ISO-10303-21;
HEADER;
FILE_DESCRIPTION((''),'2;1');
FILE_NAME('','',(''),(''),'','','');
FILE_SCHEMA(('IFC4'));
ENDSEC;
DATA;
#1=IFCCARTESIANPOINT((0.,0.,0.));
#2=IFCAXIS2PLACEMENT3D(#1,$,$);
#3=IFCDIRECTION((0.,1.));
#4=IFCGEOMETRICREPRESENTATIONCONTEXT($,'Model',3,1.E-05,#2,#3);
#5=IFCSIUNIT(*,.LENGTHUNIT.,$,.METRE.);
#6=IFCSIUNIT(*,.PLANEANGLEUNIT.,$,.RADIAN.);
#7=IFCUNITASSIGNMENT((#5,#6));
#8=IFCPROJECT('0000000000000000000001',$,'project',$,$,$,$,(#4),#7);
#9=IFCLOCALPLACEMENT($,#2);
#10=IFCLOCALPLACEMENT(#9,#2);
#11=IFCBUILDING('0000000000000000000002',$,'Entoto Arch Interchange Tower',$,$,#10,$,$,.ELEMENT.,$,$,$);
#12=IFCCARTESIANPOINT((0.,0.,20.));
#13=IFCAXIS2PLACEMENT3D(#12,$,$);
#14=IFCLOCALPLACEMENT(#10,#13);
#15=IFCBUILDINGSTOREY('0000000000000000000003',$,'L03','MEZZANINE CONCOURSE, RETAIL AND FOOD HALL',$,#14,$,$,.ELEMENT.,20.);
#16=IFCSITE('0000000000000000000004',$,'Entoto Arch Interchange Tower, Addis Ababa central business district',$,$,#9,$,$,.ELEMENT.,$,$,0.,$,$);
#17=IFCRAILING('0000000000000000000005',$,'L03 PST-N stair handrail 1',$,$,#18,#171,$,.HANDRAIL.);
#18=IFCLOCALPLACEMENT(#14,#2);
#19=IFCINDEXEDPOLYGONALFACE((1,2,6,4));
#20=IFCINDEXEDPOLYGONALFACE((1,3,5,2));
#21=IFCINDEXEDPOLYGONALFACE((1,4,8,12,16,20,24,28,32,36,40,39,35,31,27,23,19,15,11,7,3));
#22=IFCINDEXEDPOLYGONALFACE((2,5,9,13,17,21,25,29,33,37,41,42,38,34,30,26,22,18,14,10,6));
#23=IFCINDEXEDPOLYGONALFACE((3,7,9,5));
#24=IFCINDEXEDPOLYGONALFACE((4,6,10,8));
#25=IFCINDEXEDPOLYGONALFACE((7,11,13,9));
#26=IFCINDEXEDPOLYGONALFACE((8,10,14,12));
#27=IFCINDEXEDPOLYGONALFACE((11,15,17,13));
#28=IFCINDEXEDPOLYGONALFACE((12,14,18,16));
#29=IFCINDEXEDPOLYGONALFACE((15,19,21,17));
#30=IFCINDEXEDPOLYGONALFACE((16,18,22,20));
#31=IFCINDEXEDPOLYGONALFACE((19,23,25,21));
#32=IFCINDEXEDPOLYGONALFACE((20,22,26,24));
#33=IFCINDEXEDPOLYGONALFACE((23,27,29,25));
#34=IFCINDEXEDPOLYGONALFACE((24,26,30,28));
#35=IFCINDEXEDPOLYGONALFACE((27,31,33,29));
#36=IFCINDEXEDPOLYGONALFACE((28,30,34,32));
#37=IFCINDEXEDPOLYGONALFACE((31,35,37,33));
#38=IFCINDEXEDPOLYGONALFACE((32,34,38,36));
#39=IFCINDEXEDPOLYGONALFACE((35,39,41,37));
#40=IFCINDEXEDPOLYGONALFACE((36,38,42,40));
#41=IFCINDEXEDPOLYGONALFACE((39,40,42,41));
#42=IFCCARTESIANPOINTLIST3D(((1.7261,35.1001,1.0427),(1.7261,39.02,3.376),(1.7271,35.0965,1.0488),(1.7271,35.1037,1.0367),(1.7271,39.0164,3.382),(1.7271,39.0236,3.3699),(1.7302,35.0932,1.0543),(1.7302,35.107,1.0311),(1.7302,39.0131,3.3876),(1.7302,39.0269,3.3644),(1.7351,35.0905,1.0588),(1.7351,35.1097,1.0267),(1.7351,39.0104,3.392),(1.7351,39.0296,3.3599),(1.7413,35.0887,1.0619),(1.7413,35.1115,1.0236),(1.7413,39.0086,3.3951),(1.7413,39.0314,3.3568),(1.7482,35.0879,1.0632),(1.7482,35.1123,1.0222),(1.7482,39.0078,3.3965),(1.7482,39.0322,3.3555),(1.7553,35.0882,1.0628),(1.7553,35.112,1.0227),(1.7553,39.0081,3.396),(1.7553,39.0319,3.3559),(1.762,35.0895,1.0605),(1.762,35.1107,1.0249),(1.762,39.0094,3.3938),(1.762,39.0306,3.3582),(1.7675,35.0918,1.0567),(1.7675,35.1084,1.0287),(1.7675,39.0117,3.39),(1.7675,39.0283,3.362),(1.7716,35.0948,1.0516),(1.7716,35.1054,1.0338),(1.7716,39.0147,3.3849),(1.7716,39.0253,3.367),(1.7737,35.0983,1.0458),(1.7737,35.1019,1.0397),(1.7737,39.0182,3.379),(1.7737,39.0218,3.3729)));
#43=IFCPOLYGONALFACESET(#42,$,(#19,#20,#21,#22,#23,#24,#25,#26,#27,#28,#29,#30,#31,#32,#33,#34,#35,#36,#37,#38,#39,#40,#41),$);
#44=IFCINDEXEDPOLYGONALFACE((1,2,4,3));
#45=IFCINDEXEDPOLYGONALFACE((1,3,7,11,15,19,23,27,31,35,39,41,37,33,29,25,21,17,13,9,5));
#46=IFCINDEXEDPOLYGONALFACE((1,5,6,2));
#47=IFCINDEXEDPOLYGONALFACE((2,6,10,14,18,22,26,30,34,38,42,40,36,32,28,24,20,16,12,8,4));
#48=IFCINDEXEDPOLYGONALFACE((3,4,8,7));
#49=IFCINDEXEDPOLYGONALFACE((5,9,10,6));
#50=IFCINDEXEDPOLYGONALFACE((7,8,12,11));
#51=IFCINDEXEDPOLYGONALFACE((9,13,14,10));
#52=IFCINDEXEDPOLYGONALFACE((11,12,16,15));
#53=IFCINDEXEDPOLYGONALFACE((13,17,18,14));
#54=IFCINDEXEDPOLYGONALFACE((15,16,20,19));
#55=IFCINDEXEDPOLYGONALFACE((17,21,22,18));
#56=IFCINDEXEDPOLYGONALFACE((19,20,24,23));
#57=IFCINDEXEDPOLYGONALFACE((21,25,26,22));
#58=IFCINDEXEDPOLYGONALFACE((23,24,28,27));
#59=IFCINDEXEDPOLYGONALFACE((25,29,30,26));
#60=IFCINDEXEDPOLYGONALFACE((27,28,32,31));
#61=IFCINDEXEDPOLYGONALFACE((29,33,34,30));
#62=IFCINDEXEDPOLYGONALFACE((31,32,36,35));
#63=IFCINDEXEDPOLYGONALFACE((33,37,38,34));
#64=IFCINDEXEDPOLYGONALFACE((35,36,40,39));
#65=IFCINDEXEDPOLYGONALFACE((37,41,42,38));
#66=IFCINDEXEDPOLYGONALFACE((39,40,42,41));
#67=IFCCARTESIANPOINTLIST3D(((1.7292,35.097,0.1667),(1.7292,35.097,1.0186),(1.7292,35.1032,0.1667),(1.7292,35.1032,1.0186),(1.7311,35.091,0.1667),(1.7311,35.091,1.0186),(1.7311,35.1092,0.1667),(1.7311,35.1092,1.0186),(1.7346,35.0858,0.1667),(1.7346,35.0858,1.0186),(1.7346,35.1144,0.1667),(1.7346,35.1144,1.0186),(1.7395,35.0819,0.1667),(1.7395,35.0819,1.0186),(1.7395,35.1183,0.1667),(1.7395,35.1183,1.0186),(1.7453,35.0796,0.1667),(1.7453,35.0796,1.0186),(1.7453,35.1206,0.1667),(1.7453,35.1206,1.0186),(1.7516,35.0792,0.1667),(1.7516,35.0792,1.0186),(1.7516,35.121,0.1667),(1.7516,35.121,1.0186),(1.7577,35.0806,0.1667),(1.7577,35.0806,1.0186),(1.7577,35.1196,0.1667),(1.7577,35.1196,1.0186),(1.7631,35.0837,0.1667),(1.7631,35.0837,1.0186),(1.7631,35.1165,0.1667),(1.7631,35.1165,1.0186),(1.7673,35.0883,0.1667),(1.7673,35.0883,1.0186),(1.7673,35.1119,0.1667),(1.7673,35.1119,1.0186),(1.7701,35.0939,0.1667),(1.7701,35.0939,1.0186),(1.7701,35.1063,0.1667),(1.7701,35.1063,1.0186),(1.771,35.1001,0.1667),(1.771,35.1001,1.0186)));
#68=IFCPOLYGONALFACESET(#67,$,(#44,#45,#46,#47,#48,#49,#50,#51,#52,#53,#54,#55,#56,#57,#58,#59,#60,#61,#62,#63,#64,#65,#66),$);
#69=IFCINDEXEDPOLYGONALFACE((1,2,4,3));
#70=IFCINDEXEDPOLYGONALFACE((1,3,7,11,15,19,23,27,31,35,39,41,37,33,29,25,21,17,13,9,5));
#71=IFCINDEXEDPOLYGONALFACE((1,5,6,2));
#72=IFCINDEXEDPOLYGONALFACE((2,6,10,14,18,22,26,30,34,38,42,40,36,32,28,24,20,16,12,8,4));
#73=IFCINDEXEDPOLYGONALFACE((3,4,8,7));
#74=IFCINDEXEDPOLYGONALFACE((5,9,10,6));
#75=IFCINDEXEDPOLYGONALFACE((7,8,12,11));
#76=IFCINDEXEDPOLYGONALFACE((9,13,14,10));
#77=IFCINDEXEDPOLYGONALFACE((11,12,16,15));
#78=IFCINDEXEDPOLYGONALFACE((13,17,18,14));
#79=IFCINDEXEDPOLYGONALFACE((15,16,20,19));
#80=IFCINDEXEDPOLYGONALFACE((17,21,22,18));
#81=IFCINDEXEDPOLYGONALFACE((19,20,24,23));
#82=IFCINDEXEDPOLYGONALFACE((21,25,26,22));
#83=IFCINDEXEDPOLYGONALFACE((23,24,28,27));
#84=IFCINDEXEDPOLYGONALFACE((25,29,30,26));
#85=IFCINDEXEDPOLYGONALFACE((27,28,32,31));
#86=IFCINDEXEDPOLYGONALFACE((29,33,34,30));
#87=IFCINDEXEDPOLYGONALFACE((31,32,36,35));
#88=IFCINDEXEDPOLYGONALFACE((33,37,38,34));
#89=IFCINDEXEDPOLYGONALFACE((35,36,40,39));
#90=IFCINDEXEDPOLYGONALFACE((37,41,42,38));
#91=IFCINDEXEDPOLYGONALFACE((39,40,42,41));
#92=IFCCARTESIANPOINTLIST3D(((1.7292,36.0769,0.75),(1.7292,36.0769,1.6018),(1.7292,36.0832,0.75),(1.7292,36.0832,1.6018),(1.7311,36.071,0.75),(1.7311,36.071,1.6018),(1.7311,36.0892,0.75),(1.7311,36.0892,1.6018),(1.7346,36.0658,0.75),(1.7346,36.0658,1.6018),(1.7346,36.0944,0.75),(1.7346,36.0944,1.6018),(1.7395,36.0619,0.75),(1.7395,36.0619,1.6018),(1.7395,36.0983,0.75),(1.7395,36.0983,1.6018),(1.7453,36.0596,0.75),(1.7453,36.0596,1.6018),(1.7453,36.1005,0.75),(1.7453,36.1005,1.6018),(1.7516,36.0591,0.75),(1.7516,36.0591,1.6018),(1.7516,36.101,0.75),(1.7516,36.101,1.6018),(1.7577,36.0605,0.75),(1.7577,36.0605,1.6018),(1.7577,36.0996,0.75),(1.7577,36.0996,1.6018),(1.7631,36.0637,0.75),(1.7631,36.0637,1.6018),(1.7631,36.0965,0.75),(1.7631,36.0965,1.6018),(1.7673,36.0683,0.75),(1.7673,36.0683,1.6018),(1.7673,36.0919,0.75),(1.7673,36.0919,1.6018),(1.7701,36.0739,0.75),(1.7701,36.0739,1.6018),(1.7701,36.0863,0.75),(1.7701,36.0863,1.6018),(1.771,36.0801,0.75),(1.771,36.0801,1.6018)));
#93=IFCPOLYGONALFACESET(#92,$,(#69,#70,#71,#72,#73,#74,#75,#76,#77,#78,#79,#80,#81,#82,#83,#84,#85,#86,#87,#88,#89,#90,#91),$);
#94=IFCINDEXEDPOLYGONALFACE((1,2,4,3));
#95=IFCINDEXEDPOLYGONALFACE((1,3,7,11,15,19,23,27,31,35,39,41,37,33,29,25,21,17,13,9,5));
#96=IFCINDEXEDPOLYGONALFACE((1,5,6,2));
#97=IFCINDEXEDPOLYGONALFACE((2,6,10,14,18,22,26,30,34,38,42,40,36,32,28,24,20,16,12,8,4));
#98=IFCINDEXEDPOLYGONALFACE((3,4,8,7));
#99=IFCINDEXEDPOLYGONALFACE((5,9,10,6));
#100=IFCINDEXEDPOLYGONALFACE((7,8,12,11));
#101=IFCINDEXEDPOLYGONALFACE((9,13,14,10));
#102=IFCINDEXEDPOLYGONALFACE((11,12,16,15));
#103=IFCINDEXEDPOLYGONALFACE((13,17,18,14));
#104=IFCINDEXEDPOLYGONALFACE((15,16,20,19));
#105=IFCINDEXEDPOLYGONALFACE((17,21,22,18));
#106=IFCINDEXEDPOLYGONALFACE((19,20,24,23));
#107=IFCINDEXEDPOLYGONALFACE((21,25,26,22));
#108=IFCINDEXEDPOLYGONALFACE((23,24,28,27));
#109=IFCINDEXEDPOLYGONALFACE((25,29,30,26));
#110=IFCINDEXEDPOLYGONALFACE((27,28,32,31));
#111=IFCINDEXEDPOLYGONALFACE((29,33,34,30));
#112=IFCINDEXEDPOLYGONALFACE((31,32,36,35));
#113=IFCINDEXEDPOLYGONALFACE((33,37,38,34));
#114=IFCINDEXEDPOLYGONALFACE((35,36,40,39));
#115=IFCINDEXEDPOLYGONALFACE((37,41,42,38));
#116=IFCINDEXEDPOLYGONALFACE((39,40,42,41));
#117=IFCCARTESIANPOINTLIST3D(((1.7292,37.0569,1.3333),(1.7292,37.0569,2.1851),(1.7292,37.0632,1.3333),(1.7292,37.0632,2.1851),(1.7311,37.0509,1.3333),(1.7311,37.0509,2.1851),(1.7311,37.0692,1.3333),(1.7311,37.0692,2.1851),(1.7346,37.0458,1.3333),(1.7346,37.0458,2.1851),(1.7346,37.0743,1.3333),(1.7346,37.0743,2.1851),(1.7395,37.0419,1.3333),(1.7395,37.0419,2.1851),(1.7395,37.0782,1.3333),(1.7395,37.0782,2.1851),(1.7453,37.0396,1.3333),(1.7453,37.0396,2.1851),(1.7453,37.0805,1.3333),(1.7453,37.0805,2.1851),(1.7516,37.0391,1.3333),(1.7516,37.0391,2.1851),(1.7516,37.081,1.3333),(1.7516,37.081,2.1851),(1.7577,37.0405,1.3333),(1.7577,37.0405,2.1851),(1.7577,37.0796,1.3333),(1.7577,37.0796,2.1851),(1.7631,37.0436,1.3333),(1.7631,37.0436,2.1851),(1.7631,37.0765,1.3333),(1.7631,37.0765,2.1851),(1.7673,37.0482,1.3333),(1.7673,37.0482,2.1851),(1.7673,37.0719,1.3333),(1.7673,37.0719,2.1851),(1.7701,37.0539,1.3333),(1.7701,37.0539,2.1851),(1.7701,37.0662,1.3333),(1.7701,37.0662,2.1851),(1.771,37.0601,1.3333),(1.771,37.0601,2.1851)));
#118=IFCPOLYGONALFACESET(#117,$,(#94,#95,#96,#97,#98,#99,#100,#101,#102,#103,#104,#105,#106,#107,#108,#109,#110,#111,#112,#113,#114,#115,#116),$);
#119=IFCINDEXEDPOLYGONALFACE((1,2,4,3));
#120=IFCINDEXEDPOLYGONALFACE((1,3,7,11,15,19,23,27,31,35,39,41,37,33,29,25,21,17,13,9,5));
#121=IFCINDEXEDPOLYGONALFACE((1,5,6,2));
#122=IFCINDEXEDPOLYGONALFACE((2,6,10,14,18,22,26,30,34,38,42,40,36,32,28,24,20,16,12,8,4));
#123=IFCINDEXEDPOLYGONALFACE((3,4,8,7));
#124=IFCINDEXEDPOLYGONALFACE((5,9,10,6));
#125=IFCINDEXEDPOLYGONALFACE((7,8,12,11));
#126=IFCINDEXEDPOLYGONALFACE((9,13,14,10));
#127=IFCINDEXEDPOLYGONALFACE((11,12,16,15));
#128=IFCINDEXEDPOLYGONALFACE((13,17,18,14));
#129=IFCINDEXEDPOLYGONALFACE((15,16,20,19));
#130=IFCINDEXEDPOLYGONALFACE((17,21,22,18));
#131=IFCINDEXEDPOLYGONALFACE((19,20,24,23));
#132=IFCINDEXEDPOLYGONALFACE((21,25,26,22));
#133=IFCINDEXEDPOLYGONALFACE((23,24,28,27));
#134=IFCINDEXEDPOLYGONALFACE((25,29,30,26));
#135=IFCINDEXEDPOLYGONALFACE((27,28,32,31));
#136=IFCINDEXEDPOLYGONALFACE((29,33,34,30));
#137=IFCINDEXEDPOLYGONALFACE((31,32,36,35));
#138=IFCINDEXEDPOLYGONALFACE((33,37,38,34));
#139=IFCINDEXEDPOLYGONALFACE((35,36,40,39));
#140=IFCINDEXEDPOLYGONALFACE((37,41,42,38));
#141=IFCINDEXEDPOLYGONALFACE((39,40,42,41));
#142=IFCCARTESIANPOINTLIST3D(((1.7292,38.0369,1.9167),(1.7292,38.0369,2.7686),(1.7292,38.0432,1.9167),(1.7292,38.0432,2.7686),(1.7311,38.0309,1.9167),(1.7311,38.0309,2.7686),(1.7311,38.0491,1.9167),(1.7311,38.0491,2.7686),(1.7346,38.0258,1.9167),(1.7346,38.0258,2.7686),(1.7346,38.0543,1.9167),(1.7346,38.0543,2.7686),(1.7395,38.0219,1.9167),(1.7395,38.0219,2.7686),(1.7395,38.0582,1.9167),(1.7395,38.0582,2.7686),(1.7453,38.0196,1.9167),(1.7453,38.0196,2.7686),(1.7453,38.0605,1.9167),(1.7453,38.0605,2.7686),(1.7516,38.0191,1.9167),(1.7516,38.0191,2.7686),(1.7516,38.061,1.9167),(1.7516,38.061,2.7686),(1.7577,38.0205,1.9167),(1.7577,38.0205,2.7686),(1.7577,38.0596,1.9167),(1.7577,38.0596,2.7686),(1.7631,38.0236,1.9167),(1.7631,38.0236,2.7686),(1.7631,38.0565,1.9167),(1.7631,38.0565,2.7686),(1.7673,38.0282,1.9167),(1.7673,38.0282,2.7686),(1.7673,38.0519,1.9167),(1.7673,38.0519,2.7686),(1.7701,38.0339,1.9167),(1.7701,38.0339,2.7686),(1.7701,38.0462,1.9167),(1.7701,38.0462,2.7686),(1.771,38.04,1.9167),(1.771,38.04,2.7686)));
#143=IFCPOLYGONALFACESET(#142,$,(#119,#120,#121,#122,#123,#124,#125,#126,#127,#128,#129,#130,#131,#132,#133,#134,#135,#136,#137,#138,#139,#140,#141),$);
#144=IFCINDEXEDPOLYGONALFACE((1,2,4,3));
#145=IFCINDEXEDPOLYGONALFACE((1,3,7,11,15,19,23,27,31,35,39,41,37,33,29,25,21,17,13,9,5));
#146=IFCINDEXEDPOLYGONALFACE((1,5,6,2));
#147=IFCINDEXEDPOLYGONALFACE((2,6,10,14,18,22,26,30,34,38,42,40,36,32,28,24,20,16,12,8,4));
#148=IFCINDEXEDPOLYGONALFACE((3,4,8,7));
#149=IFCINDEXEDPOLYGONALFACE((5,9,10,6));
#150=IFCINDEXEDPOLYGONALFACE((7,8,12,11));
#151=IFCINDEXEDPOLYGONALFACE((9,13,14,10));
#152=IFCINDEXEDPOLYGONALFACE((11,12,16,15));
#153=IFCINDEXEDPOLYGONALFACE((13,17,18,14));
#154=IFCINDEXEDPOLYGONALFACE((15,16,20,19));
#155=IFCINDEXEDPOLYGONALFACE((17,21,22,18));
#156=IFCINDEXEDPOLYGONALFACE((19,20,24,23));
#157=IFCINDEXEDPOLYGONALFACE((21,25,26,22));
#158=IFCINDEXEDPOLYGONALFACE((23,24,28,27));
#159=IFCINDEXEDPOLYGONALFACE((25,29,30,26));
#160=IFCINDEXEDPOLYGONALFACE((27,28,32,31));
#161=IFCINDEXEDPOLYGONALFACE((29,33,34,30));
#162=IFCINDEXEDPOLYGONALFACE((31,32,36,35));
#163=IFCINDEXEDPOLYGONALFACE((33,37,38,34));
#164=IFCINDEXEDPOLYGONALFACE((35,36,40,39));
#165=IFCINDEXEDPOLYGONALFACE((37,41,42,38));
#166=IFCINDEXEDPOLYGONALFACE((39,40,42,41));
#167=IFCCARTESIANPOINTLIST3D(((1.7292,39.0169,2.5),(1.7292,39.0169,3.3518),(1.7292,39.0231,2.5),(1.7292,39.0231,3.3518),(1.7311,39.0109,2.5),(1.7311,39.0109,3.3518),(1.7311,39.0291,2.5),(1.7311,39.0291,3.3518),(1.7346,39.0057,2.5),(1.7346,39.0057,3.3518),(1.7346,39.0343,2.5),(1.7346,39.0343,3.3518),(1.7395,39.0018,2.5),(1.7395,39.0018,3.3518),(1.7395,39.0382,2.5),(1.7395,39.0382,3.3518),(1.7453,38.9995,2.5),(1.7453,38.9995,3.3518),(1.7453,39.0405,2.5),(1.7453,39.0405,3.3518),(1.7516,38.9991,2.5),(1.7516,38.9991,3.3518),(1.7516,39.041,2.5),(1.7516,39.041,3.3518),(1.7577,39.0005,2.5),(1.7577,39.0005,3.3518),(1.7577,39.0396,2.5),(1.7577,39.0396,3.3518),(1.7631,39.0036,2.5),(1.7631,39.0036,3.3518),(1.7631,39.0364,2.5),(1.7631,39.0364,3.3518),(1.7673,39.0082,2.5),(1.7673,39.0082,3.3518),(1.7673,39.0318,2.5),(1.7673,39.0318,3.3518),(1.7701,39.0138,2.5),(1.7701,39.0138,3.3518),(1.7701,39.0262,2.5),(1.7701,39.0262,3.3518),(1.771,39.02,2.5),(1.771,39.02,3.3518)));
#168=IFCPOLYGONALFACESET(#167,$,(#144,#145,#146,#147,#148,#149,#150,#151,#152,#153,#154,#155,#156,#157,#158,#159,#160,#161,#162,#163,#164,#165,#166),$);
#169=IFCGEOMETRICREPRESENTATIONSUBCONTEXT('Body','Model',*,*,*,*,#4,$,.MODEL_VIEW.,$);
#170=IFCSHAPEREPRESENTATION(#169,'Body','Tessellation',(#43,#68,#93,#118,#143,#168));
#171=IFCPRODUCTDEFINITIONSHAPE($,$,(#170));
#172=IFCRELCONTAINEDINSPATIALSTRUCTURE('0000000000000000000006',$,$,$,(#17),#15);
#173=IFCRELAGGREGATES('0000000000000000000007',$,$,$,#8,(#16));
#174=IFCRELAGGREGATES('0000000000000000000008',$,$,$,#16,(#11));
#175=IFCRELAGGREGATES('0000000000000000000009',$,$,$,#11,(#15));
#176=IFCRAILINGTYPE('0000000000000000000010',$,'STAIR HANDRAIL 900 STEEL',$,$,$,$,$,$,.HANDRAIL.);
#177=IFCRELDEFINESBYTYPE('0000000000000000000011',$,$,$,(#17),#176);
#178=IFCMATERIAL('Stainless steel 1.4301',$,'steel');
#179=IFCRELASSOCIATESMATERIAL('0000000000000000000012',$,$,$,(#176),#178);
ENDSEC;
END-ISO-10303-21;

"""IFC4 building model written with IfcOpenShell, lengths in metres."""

from ifc_helpers import new_model, si_unit, direction, frame, origin, origin_2d, place, context, subcontext, project, spatial, circle, extrude, material, type_object, element, save


model = new_model("IFC4")

# Units and contexts
model_context = context("Model", 3, precision=1e-05, world=origin(), true_north=direction((0.0, 1.0)))
body_context = subcontext(model_context, "Body", "Model", "MODEL_VIEW")
ifc_project = project(units=[si_unit("LENGTHUNIT", "METRE"), si_unit("PLANEANGLEUNIT", "RADIAN")], contexts=[model_context])

# Site, building, storey
site_placement = place(None, origin())
site = spatial("IfcSite", under=ifc_project, at=site_placement, Name="Entoto Arch Interchange Tower, Addis Ababa central business district", CompositionType="ELEMENT", RefElevation=0.0)
building_placement = place(site_placement, origin())
building = spatial("IfcBuilding", under=site, at=building_placement, Name="Entoto Arch Interchange Tower", CompositionType="ELEMENT")
storey_placement = place(building_placement, frame((0.0, 0.0, 20.0)))
storey = spatial("IfcBuildingStorey", under=building, at=storey_placement, Name="L03", Description="MEZZANINE CONCOURSE, RETAIL AND FOOD HALL", CompositionType="ELEMENT", Elevation=20.0)

# Railing
ifc_material_1 = material(Name="Stainless steel 1.4301", Category="steel")
railing_type_1 = type_object("IfcRailingType", Name="STAIR HANDRAIL 900 STEEL", PredefinedType="HANDRAIL", material=ifc_material_1)
railing_1_placement = place(storey_placement, frame((1.75, 35.1001, 0.1667)))
element("IfcRailing", 1, at=railing_1_placement, inside=storey, type_object=railing_type_1, Name="L03 PST-N stair handrail 1", PredefinedType="HANDRAIL", context=body_context, shape_type="SweptSolid", body=[
    extrude(circle(Radius=0.0239, at=origin_2d()), frame((0.0, 0.0, 0.876), z_axis=(0.0, 0.859296, 0.511478), x_axis=(-1.0, 0.0, 0.0)), (0.0, 0.0, 1.0), 4.5618),
    extrude(circle(Radius=0.021, at=origin_2d()), origin(), (0.0, 0.0, 1.0), 0.8518),
    extrude(circle(Radius=0.021, at=origin_2d()), frame((0.0, 0.98, 0.5833)), (0.0, 0.0, 1.0), 0.8518),
    extrude(circle(Radius=0.021, at=origin_2d()), frame((0.0, 1.96, 1.1665)), (0.0, 0.0, 1.0), 0.8518),
    extrude(circle(Radius=0.021, at=origin_2d()), frame((0.0, 2.9399, 1.75)), (0.0, 0.0, 1.0), 0.8518),
    extrude(circle(Radius=0.021, at=origin_2d()), frame((0.0, 3.9199, 2.3333)), (0.0, 0.0, 1.0), 0.8518),
])

save(model, "model.ifc")
